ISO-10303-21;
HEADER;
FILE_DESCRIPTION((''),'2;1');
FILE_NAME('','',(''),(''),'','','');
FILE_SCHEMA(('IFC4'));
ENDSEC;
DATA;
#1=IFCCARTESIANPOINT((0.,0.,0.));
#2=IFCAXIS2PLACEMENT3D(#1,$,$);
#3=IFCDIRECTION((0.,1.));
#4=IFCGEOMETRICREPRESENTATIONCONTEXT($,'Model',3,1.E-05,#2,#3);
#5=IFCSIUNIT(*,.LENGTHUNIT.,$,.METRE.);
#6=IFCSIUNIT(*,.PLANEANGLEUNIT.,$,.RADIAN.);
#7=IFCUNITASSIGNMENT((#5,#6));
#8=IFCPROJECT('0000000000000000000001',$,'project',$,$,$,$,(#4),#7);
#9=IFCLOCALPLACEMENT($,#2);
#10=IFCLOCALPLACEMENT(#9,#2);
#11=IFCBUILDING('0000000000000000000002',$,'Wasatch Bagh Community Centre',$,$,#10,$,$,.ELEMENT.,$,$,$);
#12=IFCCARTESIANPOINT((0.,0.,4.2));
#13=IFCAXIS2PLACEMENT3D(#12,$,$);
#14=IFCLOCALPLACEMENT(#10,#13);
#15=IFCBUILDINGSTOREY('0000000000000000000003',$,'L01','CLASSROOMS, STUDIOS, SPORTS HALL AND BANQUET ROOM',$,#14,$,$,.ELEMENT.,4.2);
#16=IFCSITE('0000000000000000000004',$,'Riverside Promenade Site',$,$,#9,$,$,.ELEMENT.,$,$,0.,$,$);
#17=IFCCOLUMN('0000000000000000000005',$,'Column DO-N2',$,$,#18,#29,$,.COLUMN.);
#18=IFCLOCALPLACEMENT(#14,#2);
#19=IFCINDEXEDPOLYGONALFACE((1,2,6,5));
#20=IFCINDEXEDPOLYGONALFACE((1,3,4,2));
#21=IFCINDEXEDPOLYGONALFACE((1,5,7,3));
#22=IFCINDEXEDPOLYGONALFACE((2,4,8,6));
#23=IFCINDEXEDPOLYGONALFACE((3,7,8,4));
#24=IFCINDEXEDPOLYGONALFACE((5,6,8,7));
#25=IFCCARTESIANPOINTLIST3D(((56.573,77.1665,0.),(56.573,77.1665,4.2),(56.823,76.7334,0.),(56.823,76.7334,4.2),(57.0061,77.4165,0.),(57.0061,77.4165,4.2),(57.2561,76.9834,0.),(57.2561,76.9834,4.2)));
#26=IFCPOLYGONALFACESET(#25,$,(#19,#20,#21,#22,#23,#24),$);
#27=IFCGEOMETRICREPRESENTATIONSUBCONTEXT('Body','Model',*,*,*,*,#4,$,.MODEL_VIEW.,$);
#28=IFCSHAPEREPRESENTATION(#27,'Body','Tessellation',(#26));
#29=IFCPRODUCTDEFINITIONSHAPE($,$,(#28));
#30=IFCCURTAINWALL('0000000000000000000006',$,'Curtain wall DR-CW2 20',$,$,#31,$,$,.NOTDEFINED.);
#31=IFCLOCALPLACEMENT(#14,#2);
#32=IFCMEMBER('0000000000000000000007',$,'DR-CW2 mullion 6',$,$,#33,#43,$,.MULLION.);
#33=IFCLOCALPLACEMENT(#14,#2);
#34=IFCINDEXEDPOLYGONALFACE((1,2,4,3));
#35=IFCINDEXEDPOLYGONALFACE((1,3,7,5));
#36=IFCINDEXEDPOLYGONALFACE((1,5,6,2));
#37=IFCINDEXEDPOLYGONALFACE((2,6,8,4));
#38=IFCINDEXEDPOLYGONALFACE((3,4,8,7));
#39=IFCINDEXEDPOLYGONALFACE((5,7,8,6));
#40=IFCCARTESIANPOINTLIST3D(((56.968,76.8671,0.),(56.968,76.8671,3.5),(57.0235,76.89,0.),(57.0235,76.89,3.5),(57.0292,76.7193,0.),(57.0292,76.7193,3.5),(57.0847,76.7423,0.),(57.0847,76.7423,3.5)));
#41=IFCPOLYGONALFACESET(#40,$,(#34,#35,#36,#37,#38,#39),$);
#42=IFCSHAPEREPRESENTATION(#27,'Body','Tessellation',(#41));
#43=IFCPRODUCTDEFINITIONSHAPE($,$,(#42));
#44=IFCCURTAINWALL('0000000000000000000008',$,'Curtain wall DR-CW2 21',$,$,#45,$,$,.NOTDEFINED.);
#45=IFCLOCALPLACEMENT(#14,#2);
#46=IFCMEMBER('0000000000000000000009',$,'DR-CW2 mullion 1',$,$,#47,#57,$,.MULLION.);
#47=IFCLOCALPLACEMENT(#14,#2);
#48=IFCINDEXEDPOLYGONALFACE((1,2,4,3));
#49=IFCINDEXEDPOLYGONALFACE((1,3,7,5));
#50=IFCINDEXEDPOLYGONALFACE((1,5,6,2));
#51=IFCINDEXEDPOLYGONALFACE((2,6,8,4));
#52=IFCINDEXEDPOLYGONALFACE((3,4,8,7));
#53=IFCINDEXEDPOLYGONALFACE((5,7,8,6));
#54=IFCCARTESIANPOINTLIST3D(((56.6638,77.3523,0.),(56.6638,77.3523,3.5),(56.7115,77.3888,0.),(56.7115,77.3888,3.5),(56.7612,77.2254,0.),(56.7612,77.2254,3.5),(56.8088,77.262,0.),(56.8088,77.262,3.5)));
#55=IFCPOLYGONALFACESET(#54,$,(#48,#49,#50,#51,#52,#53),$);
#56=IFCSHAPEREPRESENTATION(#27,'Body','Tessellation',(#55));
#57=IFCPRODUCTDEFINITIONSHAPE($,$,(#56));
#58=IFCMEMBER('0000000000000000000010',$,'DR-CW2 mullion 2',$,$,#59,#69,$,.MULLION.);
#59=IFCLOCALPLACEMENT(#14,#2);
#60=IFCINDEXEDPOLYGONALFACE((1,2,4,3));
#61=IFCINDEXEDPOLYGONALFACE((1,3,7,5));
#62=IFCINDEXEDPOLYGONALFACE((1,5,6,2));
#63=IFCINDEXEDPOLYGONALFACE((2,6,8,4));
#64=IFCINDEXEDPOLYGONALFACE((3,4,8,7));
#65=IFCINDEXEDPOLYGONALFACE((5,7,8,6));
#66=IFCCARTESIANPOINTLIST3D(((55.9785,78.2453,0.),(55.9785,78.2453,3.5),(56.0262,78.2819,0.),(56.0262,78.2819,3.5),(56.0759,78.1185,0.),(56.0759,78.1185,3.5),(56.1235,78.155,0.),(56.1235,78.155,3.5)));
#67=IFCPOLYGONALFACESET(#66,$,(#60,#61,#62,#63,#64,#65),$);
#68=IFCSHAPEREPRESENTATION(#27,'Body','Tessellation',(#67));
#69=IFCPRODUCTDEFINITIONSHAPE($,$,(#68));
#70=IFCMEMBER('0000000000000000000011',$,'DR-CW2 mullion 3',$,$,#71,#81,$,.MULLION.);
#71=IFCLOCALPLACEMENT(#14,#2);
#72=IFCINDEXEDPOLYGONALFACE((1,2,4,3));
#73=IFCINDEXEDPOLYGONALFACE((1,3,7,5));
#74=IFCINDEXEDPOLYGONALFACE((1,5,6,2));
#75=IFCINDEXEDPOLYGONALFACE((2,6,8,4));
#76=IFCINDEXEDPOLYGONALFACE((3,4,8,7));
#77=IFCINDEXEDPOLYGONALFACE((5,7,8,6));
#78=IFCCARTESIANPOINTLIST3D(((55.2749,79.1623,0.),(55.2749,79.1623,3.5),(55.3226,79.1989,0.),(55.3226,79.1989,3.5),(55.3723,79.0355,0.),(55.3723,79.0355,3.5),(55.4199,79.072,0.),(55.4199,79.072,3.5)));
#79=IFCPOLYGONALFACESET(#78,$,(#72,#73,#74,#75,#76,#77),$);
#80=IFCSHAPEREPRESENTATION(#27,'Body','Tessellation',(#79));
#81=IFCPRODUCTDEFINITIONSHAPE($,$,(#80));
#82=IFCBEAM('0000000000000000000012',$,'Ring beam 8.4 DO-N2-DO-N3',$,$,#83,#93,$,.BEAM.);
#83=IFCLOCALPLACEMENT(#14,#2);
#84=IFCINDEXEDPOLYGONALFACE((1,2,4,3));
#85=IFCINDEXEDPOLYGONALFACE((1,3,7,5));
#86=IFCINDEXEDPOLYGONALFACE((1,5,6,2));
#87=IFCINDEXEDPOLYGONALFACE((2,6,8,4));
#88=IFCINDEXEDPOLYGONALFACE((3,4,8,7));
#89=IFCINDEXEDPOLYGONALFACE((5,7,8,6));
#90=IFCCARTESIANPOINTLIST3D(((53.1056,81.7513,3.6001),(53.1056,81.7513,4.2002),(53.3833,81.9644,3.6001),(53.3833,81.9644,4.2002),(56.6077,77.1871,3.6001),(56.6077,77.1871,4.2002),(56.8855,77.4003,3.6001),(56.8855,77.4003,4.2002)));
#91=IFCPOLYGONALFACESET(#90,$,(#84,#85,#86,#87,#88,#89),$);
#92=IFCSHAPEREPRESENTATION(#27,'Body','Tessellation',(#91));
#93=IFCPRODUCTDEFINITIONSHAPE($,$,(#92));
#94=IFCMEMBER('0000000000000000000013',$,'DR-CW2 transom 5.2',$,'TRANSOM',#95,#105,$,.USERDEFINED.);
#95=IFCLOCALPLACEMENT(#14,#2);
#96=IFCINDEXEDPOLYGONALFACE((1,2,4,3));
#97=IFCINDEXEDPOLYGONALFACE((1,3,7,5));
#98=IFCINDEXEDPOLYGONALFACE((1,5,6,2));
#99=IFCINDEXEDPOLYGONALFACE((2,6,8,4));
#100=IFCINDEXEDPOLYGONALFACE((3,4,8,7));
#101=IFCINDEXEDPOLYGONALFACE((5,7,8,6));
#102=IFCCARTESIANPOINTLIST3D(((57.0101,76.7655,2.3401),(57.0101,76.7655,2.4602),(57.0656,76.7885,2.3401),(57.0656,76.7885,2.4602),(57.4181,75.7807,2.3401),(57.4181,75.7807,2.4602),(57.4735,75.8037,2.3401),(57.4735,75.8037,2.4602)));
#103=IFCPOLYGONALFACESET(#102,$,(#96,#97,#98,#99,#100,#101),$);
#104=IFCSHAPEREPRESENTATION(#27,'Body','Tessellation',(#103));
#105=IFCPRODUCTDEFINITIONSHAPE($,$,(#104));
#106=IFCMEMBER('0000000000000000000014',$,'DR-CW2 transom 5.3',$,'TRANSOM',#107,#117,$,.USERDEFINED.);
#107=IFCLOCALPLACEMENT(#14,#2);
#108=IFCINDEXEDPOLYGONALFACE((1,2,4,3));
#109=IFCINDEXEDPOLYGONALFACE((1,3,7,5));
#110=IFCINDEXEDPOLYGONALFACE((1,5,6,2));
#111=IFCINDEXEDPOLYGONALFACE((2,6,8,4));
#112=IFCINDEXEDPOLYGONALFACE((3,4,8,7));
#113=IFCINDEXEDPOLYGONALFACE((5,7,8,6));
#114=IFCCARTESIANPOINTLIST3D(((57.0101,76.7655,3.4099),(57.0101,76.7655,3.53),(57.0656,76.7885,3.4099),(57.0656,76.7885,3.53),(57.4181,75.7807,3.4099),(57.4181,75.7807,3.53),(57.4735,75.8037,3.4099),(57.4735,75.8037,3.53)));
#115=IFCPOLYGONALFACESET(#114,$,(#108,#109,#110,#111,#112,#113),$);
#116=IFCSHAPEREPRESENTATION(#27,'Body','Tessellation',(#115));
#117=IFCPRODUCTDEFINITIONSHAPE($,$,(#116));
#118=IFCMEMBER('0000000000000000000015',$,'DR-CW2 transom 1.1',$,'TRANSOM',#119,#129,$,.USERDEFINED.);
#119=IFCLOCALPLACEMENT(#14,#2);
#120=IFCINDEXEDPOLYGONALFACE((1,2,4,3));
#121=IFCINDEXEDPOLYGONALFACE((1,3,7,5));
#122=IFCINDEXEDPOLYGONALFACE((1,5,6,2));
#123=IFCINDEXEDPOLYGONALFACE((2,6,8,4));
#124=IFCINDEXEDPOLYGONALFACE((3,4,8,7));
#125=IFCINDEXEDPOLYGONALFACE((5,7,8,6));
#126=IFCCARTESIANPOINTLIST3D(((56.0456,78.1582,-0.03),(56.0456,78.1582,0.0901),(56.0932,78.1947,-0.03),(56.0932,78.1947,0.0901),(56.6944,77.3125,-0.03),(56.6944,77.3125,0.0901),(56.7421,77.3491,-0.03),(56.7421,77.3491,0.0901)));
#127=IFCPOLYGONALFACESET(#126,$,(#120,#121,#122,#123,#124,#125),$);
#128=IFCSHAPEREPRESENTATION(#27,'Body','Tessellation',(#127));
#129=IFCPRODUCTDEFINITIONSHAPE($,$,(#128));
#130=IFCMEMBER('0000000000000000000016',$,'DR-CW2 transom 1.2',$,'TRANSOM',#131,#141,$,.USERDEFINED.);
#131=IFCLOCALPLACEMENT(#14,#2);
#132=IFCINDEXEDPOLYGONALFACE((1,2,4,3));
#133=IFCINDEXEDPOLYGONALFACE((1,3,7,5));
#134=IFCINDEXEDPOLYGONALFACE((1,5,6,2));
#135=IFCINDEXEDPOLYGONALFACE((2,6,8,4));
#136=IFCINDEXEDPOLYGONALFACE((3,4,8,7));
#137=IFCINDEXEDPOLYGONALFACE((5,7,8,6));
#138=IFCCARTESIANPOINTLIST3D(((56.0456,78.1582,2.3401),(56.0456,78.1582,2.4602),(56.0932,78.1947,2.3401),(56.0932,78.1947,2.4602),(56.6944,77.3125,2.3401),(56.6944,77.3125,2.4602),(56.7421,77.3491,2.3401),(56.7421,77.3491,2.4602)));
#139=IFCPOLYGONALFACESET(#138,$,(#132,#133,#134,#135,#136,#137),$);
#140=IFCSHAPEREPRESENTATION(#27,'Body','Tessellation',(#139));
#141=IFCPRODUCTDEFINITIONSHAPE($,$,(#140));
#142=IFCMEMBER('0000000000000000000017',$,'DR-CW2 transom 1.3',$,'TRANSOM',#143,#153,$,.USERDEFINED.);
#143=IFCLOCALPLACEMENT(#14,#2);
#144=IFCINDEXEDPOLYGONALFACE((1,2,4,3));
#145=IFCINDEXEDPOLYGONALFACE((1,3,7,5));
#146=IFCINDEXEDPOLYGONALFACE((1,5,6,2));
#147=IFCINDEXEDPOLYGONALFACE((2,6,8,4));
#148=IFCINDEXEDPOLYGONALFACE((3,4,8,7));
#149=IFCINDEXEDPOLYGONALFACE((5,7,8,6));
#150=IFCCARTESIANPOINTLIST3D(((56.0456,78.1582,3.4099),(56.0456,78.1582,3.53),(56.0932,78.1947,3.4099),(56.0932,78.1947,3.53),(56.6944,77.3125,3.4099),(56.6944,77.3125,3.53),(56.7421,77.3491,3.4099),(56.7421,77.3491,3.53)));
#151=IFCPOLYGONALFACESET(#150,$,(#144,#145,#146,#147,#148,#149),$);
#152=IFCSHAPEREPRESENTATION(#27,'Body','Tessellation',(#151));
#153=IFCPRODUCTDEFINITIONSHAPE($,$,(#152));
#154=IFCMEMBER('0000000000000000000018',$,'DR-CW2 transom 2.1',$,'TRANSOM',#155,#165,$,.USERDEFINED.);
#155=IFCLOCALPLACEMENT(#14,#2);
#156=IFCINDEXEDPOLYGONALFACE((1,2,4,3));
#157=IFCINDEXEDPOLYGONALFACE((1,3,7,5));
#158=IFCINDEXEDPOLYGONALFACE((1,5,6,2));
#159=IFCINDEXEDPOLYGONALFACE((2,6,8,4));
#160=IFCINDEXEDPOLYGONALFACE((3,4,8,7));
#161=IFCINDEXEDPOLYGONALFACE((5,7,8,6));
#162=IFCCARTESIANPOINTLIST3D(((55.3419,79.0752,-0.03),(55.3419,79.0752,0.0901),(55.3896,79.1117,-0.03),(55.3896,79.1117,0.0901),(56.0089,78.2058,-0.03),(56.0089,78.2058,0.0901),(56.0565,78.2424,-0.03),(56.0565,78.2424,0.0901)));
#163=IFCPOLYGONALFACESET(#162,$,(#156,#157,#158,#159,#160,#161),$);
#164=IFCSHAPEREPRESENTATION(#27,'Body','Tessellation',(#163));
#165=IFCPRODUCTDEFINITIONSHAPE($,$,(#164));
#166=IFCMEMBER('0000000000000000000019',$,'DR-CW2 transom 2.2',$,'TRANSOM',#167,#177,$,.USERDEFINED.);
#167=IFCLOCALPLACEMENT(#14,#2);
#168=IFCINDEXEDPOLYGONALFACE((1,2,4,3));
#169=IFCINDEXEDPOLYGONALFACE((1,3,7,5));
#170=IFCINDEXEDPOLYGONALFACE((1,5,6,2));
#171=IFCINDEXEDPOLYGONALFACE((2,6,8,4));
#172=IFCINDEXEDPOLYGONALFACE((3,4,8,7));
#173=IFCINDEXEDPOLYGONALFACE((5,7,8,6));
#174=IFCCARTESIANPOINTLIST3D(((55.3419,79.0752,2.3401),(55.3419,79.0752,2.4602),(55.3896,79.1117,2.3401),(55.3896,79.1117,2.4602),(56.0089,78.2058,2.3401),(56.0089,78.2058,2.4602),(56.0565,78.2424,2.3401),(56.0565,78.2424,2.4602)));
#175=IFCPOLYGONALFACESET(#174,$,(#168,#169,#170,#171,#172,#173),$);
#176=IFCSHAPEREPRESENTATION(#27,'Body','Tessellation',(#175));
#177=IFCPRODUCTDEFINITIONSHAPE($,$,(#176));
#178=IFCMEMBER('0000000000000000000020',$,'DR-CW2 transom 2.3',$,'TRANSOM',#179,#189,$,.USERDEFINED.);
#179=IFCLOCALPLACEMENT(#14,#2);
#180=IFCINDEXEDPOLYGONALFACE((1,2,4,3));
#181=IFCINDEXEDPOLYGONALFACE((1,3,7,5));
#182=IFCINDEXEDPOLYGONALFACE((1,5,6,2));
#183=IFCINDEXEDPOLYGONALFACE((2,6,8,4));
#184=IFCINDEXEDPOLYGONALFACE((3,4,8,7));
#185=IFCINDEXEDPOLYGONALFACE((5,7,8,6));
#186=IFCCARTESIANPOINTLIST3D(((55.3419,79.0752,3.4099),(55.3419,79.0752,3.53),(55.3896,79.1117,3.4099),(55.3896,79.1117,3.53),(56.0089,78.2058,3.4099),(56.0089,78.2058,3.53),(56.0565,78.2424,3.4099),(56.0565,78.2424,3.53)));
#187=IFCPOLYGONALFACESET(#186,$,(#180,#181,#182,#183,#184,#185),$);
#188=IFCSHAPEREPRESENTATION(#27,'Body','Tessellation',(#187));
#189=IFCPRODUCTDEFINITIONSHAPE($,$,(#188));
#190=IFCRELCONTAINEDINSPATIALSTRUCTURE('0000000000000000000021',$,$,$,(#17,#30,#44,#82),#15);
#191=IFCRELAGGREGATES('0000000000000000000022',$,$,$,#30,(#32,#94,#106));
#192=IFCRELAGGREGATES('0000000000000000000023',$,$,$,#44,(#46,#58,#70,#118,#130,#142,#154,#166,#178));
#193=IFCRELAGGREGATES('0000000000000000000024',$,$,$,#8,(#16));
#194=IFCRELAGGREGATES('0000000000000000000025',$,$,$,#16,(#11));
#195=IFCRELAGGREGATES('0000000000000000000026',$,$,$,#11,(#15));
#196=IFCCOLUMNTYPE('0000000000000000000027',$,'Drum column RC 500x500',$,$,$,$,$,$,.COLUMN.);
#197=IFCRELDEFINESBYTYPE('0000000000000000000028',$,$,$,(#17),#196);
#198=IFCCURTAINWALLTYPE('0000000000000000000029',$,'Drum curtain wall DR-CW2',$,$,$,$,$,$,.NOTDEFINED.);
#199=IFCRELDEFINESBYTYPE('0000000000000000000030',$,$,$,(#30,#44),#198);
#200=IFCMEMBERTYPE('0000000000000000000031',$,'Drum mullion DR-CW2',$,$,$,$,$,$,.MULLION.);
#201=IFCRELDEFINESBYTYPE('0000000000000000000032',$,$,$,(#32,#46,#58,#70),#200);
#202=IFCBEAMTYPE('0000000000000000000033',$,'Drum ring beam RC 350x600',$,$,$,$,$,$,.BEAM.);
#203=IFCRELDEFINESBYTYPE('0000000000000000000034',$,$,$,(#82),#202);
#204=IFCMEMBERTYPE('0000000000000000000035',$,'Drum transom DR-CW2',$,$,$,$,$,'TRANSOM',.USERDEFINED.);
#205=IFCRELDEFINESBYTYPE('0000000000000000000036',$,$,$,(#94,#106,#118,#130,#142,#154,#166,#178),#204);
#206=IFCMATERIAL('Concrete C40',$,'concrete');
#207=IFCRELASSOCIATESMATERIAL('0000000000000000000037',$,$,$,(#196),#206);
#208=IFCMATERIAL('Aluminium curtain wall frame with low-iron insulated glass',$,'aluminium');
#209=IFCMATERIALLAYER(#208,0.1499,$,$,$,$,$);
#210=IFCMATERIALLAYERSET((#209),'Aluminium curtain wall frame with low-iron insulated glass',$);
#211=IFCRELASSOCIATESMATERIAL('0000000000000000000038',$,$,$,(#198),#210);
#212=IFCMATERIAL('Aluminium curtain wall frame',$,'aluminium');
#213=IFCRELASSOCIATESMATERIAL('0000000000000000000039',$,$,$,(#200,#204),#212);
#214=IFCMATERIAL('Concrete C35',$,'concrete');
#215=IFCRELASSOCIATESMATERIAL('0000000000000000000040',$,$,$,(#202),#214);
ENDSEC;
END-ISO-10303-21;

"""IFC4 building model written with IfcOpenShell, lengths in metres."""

from ifc_helpers import new_model, si_unit, direction, frame, origin, origin_2d, place, context, subcontext, project, spatial, rectangle, extrude, material, layer, layer_set, material_profile, profile_set, type_object, element, aggregate, save


model = new_model("IFC4")

# Units and contexts
model_context = context("Model", 3, precision=1e-05, world=origin(), true_north=direction((0.0, 1.0)))
body_context = subcontext(model_context, "Body", "Model", "MODEL_VIEW")
ifc_project = project(units=[si_unit("LENGTHUNIT", "METRE"), si_unit("PLANEANGLEUNIT", "RADIAN")], contexts=[model_context])

# Site, building, storey
site_placement = place(None, origin())
site = spatial("IfcSite", under=ifc_project, at=site_placement, Name="Riverside Promenade Site", CompositionType="ELEMENT", RefElevation=0.0)
building_placement = place(site_placement, origin())
building = spatial("IfcBuilding", under=site, at=building_placement, Name="Wasatch Bagh Community Centre", CompositionType="ELEMENT")
storey_placement = place(building_placement, frame((0.0, 0.0, 4.2)))
storey = spatial("IfcBuildingStorey", under=building, at=storey_placement, Name="L01", Description="CLASSROOMS, STUDIOS, SPORTS HALL AND BANQUET ROOM", CompositionType="ELEMENT", Elevation=4.2)

# Column
ifc_material_1 = material(Name="Concrete C40", Category="concrete")
ifc_material_profile_1 = material_profile(ifc_material_1, rectangle(XDim=0.5, YDim=0.5, at=origin_2d()), Name="RC 500x500")
ifc_profile_set_1 = profile_set([ifc_material_profile_1], Name="Concrete C40")
column_type = type_object("IfcColumnType", Name="Drum column RC 500x500", PredefinedType="COLUMN", material=ifc_profile_set_1)
column_placement = place(storey_placement, frame((56.9146, 77.075, 0.0), z_axis=(0.0, 0.0, 1.0), x_axis=(0.866025, 0.5, 0.0)))
element("IfcColumn", 1, at=column_placement, inside=storey, type_object=column_type, Name="Column DO-N2", PredefinedType="COLUMN", context=body_context, shape_type="SweptSolid", body=[
    extrude(rectangle(XDim=0.5, YDim=0.5, at=origin_2d()), origin(), (0.0, 0.0, 1.0), 4.2),
])

# Curtain wall, member
ifc_material_2 = material(Name="Aluminium curtain wall frame with low-iron insulated glass", Category="aluminium")
ifc_layer_1 = layer(ifc_material_2, 0.1499)
ifc_layer_set_1 = layer_set([ifc_layer_1], Name="Aluminium curtain wall frame with low-iron insulated glass")
curtain_wall_type = type_object("IfcCurtainWallType", Name="Drum curtain wall DR-CW2", PredefinedType="NOTDEFINED", material=ifc_layer_set_1)
curtain_wall_1_placement = place(storey_placement, origin())
curtain_wall_1 = element("IfcCurtainWall", 2, at=curtain_wall_1_placement, inside=storey, type_object=curtain_wall_type, Name="Curtain wall DR-CW2 20", PredefinedType="NOTDEFINED")
ifc_material_3 = material(Name="Aluminium curtain wall frame", Category="aluminium")
ifc_material_profile_2 = material_profile(ifc_material_3, rectangle(XDim=0.0601, YDim=0.1599, at=origin_2d()), Name="Drum mullion DR-CW2")
ifc_profile_set_2 = profile_set([ifc_material_profile_2], Name="Aluminium curtain wall frame")
member_type_1 = type_object("IfcMemberType", Name="Drum mullion DR-CW2", PredefinedType="MULLION", material=ifc_profile_set_2)
member_1_placement = place(storey_placement, frame((57.0264, 76.8047, 0.0), z_axis=(0.0, 0.0, 1.0), x_axis=(-0.92388, -0.382683, 0.0)))
member_1 = element("IfcMember", 3, at=member_1_placement, type_object=member_type_1, Name="DR-CW2 mullion 6", PredefinedType="MULLION", context=body_context, shape_type="SweptSolid", body=[
    extrude(rectangle(XDim=0.0601, YDim=0.1599, at=origin_2d()), origin(), (0.0, 0.0, 1.0), 3.5),
])

# Curtain wall, members
curtain_wall_2_placement = place(storey_placement, origin())
curtain_wall_2 = element("IfcCurtainWall", 4, at=curtain_wall_2_placement, inside=storey, type_object=curtain_wall_type, Name="Curtain wall DR-CW2 21", PredefinedType="NOTDEFINED")
member_2_placement = place(storey_placement, frame((56.7363, 77.3071, 0.0), z_axis=(0.0, 0.0, 1.0), x_axis=(-0.793353, -0.608761, 0.0)))
member_2 = element("IfcMember", 5, at=member_2_placement, type_object=member_type_1, Name="DR-CW2 mullion 1", PredefinedType="MULLION", context=body_context, shape_type="SweptSolid", body=[
    extrude(rectangle(XDim=0.0601, YDim=0.1599, at=origin_2d()), origin(), (0.0, 0.0, 1.0), 3.5),
])
member_3_placement = place(storey_placement, frame((56.051, 78.2002, 0.0), z_axis=(0.0, 0.0, 1.0), x_axis=(-0.793353, -0.608761, 0.0)))
member_3 = element("IfcMember", 6, at=member_3_placement, type_object=member_type_1, Name="DR-CW2 mullion 2", PredefinedType="MULLION", context=body_context, shape_type="SweptSolid", body=[
    extrude(rectangle(XDim=0.0601, YDim=0.1599, at=origin_2d()), origin(), (0.0, 0.0, 1.0), 3.5),
])
member_4_placement = place(storey_placement, frame((55.3474, 79.1172, 0.0), z_axis=(0.0, 0.0, 1.0), x_axis=(-0.793353, -0.608761, 0.0)))
member_4 = element("IfcMember", 7, at=member_4_placement, type_object=member_type_1, Name="DR-CW2 mullion 3", PredefinedType="MULLION", context=body_context, shape_type="SweptSolid", body=[
    extrude(rectangle(XDim=0.0601, YDim=0.1599, at=origin_2d()), origin(), (0.0, 0.0, 1.0), 3.5),
])

# Beam
ifc_material_4 = material(Name="Concrete C35", Category="concrete")
ifc_material_profile_3 = material_profile(ifc_material_4, rectangle(XDim=0.3501, YDim=0.6001, at=origin_2d()), Name="RC 350x600")
ifc_profile_set_3 = profile_set([ifc_material_profile_3], Name="Concrete C35")
beam_type = type_object("IfcBeamType", Name="Drum ring beam RC 350x600", PredefinedType="BEAM", material=ifc_profile_set_3)
beam_placement = place(storey_placement, frame((56.7466, 77.2937, 3.9001), z_axis=(-0.608757, 0.793357, 0.0), x_axis=(-0.793357, -0.608757, 0.0)))
element("IfcBeam", 8, at=beam_placement, inside=storey, type_object=beam_type, Name="Ring beam 8.4 DO-N2-DO-N3", PredefinedType="BEAM", context=body_context, shape_type="SweptSolid", body=[
    extrude(rectangle(XDim=0.3501, YDim=0.6001, at=origin_2d()), origin(), (0.0, 0.0, 1.0), 5.7529),
])

# Members
ifc_material_profile_4 = material_profile(ifc_material_3, rectangle(XDim=0.0601, YDim=0.1201, at=origin_2d()), Name="Drum transom DR-CW2")
ifc_profile_set_4 = profile_set([ifc_material_profile_4], Name="Aluminium curtain wall frame")
member_type_2 = type_object("IfcMemberType", Name="Drum transom DR-CW2", ElementType="TRANSOM", PredefinedType="USERDEFINED", material=ifc_profile_set_4)
member_5_placement = place(storey_placement, frame((57.4458, 75.7922, 2.4001), z_axis=(-0.382696, 0.923874, 0.0), x_axis=(-0.923874, -0.382696, 0.0)))
member_5 = element("IfcMember", 9, at=member_5_placement, type_object=member_type_2, Name="DR-CW2 transom 5.2", ObjectType="TRANSOM", PredefinedType="USERDEFINED", context=body_context, shape_type="SweptSolid", body=[
    extrude(rectangle(XDim=0.0601, YDim=0.1201, at=origin_2d()), origin(), (0.0, 0.0, 1.0), 1.0659),
])
member_6_placement = place(storey_placement, frame((57.4458, 75.7922, 3.47), z_axis=(-0.382696, 0.923874, 0.0), x_axis=(-0.923874, -0.382696, 0.0)))
member_6 = element("IfcMember", 10, at=member_6_placement, type_object=member_type_2, Name="DR-CW2 transom 5.3", ObjectType="TRANSOM", PredefinedType="USERDEFINED", context=body_context, shape_type="SweptSolid", body=[
    extrude(rectangle(XDim=0.0601, YDim=0.1201, at=origin_2d()), origin(), (0.0, 0.0, 1.0), 1.0659),
])
member_7_placement = place(storey_placement, frame((56.7183, 77.3308, 0.03), z_axis=(-0.608758, 0.793356, 0.0), x_axis=(-0.793356, -0.608758, 0.0)))
member_7 = element("IfcMember", 11, at=member_7_placement, type_object=member_type_2, Name="DR-CW2 transom 1.1", ObjectType="TRANSOM", PredefinedType="USERDEFINED", context=body_context, shape_type="SweptSolid", body=[
    extrude(rectangle(XDim=0.0601, YDim=0.1201, at=origin_2d()), origin(), (0.0, 0.0, 1.0), 1.0659),
])
member_8_placement = place(storey_placement, frame((56.7183, 77.3308, 2.4001), z_axis=(-0.608758, 0.793356, 0.0), x_axis=(-0.793356, -0.608758, 0.0)))
member_8 = element("IfcMember", 12, at=member_8_placement, type_object=member_type_2, Name="DR-CW2 transom 1.2", ObjectType="TRANSOM", PredefinedType="USERDEFINED", context=body_context, shape_type="SweptSolid", body=[
    extrude(rectangle(XDim=0.0601, YDim=0.1201, at=origin_2d()), origin(), (0.0, 0.0, 1.0), 1.0659),
])
member_9_placement = place(storey_placement, frame((56.7183, 77.3308, 3.47), z_axis=(-0.608758, 0.793356, 0.0), x_axis=(-0.793356, -0.608758, 0.0)))
member_9 = element("IfcMember", 13, at=member_9_placement, type_object=member_type_2, Name="DR-CW2 transom 1.3", ObjectType="TRANSOM", PredefinedType="USERDEFINED", context=body_context, shape_type="SweptSolid", body=[
    extrude(rectangle(XDim=0.0601, YDim=0.1201, at=origin_2d()), origin(), (0.0, 0.0, 1.0), 1.0659),
])
member_10_placement = place(storey_placement, frame((56.0327, 78.2241, 0.03), z_axis=(-0.608698, 0.793402, 0.0), x_axis=(-0.793402, -0.608698, 0.0)))
member_10 = element("IfcMember", 14, at=member_10_placement, type_object=member_type_2, Name="DR-CW2 transom 2.1", ObjectType="TRANSOM", PredefinedType="USERDEFINED", context=body_context, shape_type="SweptSolid", body=[
    extrude(rectangle(XDim=0.0601, YDim=0.1201, at=origin_2d()), origin(), (0.0, 0.0, 1.0), 1.0957),
])
member_11_placement = place(storey_placement, frame((56.0327, 78.2241, 2.4001), z_axis=(-0.608698, 0.793402, 0.0), x_axis=(-0.793402, -0.608698, 0.0)))
member_11 = element("IfcMember", 15, at=member_11_placement, type_object=member_type_2, Name="DR-CW2 transom 2.2", ObjectType="TRANSOM", PredefinedType="USERDEFINED", context=body_context, shape_type="SweptSolid", body=[
    extrude(rectangle(XDim=0.0601, YDim=0.1201, at=origin_2d()), origin(), (0.0, 0.0, 1.0), 1.0957),
])
member_12_placement = place(storey_placement, frame((56.0327, 78.2241, 3.47), z_axis=(-0.608698, 0.793402, 0.0), x_axis=(-0.793402, -0.608698, 0.0)))
member_12 = element("IfcMember", 16, at=member_12_placement, type_object=member_type_2, Name="DR-CW2 transom 2.3", ObjectType="TRANSOM", PredefinedType="USERDEFINED", context=body_context, shape_type="SweptSolid", body=[
    extrude(rectangle(XDim=0.0601, YDim=0.1201, at=origin_2d()), origin(), (0.0, 0.0, 1.0), 1.0957),
])

aggregate(curtain_wall_1, [member_1, member_5, member_6])
aggregate(curtain_wall_2, [member_2, member_3, member_4, member_7, member_8, member_9, member_10, member_11, member_12])

save(model, "model.ifc")
